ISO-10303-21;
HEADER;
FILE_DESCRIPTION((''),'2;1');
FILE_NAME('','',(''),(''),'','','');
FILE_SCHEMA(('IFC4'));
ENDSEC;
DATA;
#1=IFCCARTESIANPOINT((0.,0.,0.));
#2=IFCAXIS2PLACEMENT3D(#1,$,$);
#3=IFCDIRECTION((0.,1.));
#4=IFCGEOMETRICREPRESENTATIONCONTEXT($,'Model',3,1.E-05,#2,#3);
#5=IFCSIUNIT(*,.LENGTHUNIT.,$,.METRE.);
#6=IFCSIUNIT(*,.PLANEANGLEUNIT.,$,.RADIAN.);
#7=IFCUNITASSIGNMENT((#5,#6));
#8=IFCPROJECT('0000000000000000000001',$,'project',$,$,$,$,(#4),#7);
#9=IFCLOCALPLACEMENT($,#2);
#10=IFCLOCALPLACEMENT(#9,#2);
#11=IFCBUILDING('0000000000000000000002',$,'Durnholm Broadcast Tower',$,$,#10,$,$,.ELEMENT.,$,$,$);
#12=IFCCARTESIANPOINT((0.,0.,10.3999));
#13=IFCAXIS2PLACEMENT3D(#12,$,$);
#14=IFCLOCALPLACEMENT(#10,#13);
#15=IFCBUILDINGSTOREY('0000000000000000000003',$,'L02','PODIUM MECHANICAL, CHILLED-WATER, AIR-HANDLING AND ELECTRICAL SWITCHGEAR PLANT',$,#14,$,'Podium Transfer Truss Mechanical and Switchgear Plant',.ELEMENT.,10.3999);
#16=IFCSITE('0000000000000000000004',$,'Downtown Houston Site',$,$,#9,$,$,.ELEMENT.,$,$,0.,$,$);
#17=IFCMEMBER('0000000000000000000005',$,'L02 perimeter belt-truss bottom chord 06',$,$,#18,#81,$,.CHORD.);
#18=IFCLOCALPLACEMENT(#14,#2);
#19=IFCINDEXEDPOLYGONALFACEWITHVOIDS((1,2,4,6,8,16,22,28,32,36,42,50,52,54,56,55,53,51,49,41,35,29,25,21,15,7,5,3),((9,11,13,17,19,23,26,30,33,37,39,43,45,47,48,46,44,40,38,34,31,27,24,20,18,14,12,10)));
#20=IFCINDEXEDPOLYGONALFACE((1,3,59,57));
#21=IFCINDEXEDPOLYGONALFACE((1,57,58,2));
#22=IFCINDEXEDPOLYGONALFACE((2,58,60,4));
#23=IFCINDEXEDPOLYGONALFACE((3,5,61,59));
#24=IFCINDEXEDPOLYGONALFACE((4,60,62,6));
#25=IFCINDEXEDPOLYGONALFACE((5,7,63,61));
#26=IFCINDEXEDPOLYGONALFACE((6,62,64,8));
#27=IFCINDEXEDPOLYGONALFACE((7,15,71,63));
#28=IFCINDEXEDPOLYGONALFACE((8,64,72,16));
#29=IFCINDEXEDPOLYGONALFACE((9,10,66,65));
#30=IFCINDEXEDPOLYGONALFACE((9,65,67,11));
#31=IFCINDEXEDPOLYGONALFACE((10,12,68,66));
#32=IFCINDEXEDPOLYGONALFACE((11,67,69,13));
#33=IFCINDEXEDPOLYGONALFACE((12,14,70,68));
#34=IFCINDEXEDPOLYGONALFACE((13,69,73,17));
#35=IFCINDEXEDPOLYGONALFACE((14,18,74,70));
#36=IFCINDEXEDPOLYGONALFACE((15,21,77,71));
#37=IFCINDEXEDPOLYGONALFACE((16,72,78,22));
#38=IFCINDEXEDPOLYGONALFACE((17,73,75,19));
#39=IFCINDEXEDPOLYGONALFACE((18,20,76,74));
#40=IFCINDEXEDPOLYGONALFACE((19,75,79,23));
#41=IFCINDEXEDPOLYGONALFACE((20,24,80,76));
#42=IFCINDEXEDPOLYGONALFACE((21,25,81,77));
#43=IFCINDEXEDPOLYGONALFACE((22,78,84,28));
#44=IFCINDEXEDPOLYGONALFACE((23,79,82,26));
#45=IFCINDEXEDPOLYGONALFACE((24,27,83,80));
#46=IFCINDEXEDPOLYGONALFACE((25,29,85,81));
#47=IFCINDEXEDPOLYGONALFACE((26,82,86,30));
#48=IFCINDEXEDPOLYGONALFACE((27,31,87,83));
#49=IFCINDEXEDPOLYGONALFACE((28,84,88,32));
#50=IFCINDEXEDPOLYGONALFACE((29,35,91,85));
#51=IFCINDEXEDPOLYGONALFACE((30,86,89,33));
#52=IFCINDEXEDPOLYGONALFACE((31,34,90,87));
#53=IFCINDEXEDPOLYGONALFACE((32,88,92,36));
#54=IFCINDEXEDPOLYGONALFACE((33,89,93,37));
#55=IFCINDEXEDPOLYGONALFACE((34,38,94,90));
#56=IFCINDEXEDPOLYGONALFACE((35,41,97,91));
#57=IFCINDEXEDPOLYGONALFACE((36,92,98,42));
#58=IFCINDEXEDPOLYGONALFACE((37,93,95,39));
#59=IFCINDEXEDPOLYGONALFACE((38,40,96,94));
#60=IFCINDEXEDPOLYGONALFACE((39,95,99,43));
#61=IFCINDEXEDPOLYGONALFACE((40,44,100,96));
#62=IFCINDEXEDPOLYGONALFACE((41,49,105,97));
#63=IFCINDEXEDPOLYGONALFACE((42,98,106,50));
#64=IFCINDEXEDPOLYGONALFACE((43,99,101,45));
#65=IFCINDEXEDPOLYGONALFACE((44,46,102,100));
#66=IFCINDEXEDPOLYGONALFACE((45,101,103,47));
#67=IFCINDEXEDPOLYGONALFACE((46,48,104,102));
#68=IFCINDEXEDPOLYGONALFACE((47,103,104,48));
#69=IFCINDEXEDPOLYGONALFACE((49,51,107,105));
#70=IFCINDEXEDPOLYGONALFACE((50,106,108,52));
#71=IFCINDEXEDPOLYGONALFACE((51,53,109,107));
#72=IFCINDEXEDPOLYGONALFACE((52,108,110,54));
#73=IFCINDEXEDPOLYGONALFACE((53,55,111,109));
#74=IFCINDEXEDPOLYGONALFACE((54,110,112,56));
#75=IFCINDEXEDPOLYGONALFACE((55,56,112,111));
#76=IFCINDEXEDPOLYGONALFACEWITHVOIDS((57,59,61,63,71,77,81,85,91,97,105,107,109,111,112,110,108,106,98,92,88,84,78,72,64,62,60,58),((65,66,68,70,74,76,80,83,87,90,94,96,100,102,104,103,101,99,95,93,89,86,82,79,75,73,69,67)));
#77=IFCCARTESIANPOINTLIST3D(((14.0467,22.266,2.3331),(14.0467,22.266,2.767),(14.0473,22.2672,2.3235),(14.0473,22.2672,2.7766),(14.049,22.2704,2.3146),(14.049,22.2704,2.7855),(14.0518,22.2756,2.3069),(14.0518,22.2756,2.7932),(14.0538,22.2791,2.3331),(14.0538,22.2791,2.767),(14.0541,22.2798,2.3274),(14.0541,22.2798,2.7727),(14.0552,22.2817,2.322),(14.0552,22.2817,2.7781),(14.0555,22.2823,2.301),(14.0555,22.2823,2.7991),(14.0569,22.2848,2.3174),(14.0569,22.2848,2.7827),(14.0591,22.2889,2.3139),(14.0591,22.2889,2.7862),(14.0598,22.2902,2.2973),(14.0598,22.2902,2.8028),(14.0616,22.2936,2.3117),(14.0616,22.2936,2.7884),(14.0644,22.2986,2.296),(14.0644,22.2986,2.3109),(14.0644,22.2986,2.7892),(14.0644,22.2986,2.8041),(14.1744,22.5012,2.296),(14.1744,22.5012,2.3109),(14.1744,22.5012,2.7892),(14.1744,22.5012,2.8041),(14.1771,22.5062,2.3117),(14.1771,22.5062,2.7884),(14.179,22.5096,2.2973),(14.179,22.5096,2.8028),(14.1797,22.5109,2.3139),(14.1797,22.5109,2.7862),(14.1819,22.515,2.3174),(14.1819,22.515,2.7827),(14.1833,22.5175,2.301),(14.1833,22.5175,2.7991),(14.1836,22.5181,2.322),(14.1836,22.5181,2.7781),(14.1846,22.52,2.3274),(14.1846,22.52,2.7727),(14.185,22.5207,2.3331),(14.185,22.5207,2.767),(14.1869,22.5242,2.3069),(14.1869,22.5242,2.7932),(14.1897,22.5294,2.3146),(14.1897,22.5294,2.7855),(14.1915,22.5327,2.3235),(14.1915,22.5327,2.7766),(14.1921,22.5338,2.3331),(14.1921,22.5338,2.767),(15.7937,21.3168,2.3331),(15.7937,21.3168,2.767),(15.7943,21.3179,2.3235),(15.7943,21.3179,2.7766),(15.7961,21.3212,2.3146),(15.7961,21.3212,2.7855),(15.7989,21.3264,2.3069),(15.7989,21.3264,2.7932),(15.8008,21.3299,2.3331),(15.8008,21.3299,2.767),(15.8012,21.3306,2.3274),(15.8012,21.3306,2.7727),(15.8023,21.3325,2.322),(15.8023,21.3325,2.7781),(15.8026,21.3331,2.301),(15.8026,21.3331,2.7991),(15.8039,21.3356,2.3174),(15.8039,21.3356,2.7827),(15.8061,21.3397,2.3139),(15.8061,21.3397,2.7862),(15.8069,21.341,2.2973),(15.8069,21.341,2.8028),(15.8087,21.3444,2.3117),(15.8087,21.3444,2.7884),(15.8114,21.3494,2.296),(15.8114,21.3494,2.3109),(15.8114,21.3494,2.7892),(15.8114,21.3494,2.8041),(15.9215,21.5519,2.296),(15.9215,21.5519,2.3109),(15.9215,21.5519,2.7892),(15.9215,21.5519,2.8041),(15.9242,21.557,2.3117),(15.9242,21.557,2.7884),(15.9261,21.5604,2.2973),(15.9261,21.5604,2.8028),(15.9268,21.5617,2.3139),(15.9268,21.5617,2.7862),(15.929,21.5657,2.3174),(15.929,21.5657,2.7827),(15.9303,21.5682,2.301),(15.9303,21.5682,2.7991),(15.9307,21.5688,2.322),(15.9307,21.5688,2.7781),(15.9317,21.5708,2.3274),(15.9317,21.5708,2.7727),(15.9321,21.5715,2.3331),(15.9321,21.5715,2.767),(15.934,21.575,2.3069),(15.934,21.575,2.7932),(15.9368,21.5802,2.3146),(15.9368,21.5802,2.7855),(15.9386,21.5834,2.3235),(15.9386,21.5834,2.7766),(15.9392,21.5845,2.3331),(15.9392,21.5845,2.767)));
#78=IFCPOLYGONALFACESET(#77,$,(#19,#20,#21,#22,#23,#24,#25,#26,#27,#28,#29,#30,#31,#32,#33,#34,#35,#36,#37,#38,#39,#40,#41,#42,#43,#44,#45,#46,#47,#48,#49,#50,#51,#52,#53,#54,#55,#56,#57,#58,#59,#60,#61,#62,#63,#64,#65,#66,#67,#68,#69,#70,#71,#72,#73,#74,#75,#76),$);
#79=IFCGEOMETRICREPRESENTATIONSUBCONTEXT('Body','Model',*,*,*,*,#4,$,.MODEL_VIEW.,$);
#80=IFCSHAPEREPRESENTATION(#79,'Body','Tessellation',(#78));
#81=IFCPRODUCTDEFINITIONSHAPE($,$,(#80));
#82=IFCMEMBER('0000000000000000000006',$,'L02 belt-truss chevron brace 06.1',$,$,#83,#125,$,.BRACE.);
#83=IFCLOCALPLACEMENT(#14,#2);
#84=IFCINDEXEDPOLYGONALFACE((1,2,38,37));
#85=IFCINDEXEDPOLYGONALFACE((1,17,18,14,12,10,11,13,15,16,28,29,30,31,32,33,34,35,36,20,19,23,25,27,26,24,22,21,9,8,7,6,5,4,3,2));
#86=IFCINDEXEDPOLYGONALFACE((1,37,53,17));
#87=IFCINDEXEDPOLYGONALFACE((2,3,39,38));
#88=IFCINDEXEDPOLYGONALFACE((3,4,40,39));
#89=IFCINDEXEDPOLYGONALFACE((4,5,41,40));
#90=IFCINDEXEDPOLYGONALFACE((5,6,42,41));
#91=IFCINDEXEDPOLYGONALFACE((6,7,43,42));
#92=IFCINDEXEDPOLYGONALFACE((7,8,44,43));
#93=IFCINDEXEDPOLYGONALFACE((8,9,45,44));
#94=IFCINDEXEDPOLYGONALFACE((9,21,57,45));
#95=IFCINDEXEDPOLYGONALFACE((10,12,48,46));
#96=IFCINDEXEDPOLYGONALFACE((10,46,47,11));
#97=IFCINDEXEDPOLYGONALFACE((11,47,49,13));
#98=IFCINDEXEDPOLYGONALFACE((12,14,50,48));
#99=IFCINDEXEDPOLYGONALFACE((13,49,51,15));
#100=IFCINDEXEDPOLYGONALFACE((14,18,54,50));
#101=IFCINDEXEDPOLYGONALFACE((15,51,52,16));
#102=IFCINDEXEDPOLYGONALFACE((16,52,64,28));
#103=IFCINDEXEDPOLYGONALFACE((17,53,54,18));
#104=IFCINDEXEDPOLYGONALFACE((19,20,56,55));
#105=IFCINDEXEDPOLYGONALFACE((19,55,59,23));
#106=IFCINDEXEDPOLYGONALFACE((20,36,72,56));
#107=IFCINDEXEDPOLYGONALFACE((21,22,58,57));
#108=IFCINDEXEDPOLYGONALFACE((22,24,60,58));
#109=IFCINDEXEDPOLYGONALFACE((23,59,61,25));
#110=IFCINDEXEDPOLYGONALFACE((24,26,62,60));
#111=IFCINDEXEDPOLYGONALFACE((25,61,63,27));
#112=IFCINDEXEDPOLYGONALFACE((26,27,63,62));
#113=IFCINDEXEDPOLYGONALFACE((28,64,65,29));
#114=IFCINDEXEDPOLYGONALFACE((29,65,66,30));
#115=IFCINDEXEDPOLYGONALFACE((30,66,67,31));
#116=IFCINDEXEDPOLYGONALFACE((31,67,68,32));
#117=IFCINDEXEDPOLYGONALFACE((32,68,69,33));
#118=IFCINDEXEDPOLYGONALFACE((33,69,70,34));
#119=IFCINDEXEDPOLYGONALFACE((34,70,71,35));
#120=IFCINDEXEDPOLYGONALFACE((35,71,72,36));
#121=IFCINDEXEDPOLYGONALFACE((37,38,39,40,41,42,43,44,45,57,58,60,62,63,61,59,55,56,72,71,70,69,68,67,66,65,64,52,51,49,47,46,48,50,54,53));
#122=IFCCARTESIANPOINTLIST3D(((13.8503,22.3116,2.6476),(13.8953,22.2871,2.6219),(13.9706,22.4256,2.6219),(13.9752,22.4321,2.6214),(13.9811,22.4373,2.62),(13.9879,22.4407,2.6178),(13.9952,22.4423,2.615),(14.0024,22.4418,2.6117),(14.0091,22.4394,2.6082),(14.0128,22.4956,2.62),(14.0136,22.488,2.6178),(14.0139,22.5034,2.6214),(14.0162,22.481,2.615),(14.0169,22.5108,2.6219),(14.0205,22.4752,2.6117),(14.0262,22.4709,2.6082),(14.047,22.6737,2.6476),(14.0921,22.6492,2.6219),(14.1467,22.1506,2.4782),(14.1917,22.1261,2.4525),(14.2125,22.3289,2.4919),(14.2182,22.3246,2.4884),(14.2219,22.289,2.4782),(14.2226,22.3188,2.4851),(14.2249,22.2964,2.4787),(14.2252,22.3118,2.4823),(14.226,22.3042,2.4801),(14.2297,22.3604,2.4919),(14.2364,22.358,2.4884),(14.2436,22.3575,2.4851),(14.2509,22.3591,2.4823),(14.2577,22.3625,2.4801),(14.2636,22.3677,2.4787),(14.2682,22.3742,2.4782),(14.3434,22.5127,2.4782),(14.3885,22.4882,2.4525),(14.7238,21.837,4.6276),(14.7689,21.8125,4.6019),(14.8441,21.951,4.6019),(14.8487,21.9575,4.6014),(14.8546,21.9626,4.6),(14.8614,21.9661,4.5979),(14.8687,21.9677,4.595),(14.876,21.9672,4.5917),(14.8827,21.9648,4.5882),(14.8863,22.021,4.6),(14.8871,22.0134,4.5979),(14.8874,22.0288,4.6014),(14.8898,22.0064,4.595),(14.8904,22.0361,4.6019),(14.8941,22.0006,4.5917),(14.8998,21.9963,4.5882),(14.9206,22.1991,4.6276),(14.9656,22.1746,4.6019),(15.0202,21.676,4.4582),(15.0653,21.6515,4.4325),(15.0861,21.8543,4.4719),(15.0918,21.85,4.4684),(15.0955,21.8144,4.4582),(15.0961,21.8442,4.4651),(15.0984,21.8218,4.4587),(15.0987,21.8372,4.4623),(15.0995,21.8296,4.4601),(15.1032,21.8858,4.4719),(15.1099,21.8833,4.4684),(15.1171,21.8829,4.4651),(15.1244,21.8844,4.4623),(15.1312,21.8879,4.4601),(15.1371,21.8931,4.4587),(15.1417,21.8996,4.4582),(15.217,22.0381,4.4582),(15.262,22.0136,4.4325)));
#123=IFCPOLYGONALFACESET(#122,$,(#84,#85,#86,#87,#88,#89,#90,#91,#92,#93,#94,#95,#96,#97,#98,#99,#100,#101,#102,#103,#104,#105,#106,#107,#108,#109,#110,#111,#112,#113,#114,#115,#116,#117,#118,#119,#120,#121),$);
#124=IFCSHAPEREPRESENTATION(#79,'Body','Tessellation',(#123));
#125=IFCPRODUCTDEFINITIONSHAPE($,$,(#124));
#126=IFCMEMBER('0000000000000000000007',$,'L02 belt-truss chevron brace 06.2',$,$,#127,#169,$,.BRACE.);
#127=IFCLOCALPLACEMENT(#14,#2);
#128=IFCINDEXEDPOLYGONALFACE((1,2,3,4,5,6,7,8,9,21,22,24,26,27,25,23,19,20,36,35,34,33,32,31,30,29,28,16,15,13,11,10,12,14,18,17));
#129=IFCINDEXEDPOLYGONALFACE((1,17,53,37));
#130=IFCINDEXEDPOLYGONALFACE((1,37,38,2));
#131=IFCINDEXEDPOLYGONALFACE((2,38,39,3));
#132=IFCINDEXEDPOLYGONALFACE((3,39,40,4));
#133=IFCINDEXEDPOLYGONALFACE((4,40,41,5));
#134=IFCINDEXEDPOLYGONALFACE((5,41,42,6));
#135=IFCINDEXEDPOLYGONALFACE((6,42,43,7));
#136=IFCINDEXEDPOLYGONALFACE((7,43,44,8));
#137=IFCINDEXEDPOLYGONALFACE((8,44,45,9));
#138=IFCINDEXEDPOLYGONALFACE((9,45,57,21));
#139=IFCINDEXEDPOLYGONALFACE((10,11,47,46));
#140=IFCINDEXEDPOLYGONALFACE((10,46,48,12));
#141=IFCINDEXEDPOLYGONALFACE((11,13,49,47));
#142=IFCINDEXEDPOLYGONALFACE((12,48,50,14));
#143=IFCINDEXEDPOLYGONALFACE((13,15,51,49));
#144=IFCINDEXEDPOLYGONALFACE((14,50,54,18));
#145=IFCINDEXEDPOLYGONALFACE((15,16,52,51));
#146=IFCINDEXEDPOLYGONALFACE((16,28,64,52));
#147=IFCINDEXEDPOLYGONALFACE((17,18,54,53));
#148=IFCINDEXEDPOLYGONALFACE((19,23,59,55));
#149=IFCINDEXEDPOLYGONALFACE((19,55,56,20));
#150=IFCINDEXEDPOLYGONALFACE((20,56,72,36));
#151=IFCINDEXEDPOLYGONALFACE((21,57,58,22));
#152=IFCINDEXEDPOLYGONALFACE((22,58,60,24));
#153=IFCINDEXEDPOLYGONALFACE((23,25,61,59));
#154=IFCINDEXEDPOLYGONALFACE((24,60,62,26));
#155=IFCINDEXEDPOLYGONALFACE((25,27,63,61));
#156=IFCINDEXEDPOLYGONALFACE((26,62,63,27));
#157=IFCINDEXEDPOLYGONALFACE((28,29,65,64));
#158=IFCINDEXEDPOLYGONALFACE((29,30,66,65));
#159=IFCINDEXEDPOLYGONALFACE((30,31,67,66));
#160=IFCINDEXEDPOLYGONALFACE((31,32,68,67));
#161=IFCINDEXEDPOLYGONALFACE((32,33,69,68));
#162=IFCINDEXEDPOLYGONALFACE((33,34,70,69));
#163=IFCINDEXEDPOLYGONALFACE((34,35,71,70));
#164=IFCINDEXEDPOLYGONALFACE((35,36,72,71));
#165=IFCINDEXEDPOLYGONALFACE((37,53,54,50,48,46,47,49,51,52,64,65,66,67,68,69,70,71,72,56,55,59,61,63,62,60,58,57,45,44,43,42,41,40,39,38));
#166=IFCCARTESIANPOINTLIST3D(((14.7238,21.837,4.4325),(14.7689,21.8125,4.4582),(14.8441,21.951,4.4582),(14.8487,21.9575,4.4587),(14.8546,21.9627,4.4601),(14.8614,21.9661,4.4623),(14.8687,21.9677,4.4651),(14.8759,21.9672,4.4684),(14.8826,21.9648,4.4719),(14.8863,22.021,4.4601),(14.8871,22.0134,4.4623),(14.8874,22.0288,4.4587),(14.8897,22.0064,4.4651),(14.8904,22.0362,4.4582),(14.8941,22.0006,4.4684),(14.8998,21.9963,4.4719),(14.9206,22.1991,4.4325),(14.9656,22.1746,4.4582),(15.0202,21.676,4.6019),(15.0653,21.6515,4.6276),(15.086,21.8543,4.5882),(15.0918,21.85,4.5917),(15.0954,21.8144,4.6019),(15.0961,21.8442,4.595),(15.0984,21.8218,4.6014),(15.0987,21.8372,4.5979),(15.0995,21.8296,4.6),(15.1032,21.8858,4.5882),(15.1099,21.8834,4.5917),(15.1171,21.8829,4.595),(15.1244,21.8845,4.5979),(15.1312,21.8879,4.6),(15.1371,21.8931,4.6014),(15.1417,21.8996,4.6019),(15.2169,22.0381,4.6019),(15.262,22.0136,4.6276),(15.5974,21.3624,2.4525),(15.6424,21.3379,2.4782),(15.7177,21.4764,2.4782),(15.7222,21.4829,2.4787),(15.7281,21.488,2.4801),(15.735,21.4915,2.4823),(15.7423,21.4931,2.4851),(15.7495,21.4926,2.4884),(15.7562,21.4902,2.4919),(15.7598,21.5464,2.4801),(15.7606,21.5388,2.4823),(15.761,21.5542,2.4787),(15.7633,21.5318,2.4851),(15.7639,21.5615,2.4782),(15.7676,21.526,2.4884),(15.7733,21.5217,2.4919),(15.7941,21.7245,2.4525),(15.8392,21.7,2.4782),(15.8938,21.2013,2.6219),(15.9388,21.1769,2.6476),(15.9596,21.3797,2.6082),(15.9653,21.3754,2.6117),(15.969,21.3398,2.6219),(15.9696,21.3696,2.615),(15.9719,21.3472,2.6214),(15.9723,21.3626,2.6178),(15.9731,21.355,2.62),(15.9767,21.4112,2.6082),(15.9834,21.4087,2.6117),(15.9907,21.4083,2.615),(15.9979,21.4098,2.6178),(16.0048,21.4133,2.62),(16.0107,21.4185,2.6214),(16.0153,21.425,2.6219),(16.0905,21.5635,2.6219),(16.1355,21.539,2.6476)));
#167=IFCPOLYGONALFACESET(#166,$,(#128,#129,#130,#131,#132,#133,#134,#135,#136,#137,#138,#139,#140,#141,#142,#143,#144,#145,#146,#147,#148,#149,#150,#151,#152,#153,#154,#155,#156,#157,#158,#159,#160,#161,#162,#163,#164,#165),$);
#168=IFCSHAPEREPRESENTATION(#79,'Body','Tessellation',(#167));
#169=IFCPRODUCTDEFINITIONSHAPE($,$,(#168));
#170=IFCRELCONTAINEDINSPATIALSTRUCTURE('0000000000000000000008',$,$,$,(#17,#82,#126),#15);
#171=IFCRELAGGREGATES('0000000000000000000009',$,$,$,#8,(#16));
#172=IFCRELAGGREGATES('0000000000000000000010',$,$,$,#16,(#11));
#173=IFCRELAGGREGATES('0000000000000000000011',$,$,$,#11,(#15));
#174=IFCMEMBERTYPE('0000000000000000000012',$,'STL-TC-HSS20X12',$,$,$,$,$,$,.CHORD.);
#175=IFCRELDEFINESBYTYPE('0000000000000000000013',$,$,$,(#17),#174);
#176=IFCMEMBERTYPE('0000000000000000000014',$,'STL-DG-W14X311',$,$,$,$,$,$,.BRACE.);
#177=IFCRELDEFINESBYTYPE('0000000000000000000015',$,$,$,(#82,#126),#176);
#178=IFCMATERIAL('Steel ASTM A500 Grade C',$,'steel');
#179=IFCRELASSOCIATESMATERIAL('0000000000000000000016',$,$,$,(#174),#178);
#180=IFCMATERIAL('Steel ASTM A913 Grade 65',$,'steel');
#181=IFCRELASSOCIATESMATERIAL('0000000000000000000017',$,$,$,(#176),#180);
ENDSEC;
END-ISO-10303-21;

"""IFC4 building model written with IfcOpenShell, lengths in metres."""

from ifc_helpers import new_model, si_unit, direction, frame, origin, origin_2d, place, context, subcontext, project, spatial, hollow_rectangle, i_section, extrude, source, transform, mapped, material, material_profile, profile_set, type_object, type_shapes, element, save


model = new_model("IFC4")

# Units and contexts
model_context = context("Model", 3, precision=1e-05, world=origin(), true_north=direction((0.0, 1.0)))
body_context = subcontext(model_context, "Body", "Model", "MODEL_VIEW")
ifc_project = project(units=[si_unit("LENGTHUNIT", "METRE"), si_unit("PLANEANGLEUNIT", "RADIAN")], contexts=[model_context])

# Site, building, storey
site_placement = place(None, origin())
site = spatial("IfcSite", under=ifc_project, at=site_placement, Name="Downtown Houston Site", CompositionType="ELEMENT", RefElevation=0.0)
building_placement = place(site_placement, origin())
building = spatial("IfcBuilding", under=site, at=building_placement, Name="Durnholm Broadcast Tower", CompositionType="ELEMENT")
storey_placement = place(building_placement, frame((0.0, 0.0, 10.3999)))
storey = spatial("IfcBuildingStorey", under=building, at=storey_placement, Name="L02", Description="PODIUM MECHANICAL, CHILLED-WATER, AIR-HANDLING AND ELECTRICAL SWITCHGEAR PLANT", LongName="Podium Transfer Truss Mechanical and Switchgear Plant", CompositionType="ELEMENT", Elevation=10.3999)

# Shared definitions
ifc_material_1 = material(Name="Steel ASTM A913 Grade 65", Category="steel")

# Members
ifc_material_2 = material(Name="Steel ASTM A500 Grade C", Category="steel")
ifc_material_profile_1 = material_profile(ifc_material_2, hollow_rectangle(XDim=0.3047, YDim=0.5081, WallThickness=0.0149, InnerFilletRadius=0.0222, OuterFilletRadius=0.0371, at=origin_2d()), Name="HSS20X12X5/8")
ifc_profile_set_1 = profile_set([ifc_material_profile_1], Name="Steel ASTM A500 Grade C")
member_type_1 = type_object("IfcMemberType", Name="STL-TC-HSS20X12", PredefinedType="CHORD", material=ifc_profile_set_1)
shared_shape_1 = source(origin(), body_context, "Body", "SweptSolid", [
    extrude(hollow_rectangle(XDim=0.3047, YDim=0.5081, WallThickness=0.0149, InnerFilletRadius=0.0222, OuterFilletRadius=0.0371, at=origin_2d()), origin(), (0.0, 0.0, 1.0), 1.9883),
])
type_shapes(member_type_1, [shared_shape_1])
member_1_placement = place(storey_placement, frame((14.1194, 22.3999, 2.55), z_axis=(0.878683, -0.477406, 0.0), x_axis=(0.477406, 0.878683, 0.0)))
element("IfcMember", 1, at=member_1_placement, inside=storey, type_object=member_type_1, Name="L02 perimeter belt-truss bottom chord 06", PredefinedType="CHORD", context=body_context, shape_type="MappedRepresentation", body=[
    mapped(shared_shape_1, transform((0.0, 0.0, 0.0), x_axis=(1.0, 0.0, 0.0), y_axis=(0.0, 1.0, 0.0), z_axis=(0.0, 0.0, 1.0), scale=1.0)),
])
ifc_material_profile_2 = material_profile(ifc_material_1, i_section(OverallWidth=0.4121, OverallDepth=0.4348, WebThickness=0.0359, FlangeThickness=0.0574, FilletRadius=0.0305, at=origin_2d()), Name="W14X311")
ifc_profile_set_2 = profile_set([ifc_material_profile_2], Name="Steel ASTM A913 Grade 65")
member_type_2 = type_object("IfcMemberType", Name="STL-DG-W14X311", PredefinedType="BRACE", material=ifc_profile_set_2)
shared_shape_2 = source(origin(), body_context, "Body", "SweptSolid", [
    extrude(i_section(OverallWidth=0.4121, OverallDepth=0.4348, WebThickness=0.0359, FlangeThickness=0.0574, FilletRadius=0.0305, at=origin_2d()), origin(), (0.0, 0.0, 1.0), 2.2156),
])
type_shapes(member_type_2, [shared_shape_2])
for number, where, z_axis, x_axis, name in (
    (2, (14.1194, 22.3999, 2.55), (0.394275, -0.214218, 0.893676), (0.477406, 0.878683, 0.0), "L02 belt-truss chevron brace 06.1"),
    (3, (15.8665, 21.4507, 2.55), (-0.394275, 0.214218, 0.893676), (-0.477406, -0.878683, 0.0), "L02 belt-truss chevron brace 06.2"),
):
    element("IfcMember", number, at=place(storey_placement, frame(where, z_axis=z_axis, x_axis=x_axis)), inside=storey, type_object=member_type_2, Name=name, PredefinedType="BRACE", context=body_context, shape_type="MappedRepresentation", body=[
        mapped(shared_shape_2, transform((0.0, 0.0, 0.0), x_axis=(1.0, 0.0, 0.0), y_axis=(0.0, 1.0, 0.0), z_axis=(0.0, 0.0, 1.0), scale=1.0)),
    ])

save(model, "model.ifc")
